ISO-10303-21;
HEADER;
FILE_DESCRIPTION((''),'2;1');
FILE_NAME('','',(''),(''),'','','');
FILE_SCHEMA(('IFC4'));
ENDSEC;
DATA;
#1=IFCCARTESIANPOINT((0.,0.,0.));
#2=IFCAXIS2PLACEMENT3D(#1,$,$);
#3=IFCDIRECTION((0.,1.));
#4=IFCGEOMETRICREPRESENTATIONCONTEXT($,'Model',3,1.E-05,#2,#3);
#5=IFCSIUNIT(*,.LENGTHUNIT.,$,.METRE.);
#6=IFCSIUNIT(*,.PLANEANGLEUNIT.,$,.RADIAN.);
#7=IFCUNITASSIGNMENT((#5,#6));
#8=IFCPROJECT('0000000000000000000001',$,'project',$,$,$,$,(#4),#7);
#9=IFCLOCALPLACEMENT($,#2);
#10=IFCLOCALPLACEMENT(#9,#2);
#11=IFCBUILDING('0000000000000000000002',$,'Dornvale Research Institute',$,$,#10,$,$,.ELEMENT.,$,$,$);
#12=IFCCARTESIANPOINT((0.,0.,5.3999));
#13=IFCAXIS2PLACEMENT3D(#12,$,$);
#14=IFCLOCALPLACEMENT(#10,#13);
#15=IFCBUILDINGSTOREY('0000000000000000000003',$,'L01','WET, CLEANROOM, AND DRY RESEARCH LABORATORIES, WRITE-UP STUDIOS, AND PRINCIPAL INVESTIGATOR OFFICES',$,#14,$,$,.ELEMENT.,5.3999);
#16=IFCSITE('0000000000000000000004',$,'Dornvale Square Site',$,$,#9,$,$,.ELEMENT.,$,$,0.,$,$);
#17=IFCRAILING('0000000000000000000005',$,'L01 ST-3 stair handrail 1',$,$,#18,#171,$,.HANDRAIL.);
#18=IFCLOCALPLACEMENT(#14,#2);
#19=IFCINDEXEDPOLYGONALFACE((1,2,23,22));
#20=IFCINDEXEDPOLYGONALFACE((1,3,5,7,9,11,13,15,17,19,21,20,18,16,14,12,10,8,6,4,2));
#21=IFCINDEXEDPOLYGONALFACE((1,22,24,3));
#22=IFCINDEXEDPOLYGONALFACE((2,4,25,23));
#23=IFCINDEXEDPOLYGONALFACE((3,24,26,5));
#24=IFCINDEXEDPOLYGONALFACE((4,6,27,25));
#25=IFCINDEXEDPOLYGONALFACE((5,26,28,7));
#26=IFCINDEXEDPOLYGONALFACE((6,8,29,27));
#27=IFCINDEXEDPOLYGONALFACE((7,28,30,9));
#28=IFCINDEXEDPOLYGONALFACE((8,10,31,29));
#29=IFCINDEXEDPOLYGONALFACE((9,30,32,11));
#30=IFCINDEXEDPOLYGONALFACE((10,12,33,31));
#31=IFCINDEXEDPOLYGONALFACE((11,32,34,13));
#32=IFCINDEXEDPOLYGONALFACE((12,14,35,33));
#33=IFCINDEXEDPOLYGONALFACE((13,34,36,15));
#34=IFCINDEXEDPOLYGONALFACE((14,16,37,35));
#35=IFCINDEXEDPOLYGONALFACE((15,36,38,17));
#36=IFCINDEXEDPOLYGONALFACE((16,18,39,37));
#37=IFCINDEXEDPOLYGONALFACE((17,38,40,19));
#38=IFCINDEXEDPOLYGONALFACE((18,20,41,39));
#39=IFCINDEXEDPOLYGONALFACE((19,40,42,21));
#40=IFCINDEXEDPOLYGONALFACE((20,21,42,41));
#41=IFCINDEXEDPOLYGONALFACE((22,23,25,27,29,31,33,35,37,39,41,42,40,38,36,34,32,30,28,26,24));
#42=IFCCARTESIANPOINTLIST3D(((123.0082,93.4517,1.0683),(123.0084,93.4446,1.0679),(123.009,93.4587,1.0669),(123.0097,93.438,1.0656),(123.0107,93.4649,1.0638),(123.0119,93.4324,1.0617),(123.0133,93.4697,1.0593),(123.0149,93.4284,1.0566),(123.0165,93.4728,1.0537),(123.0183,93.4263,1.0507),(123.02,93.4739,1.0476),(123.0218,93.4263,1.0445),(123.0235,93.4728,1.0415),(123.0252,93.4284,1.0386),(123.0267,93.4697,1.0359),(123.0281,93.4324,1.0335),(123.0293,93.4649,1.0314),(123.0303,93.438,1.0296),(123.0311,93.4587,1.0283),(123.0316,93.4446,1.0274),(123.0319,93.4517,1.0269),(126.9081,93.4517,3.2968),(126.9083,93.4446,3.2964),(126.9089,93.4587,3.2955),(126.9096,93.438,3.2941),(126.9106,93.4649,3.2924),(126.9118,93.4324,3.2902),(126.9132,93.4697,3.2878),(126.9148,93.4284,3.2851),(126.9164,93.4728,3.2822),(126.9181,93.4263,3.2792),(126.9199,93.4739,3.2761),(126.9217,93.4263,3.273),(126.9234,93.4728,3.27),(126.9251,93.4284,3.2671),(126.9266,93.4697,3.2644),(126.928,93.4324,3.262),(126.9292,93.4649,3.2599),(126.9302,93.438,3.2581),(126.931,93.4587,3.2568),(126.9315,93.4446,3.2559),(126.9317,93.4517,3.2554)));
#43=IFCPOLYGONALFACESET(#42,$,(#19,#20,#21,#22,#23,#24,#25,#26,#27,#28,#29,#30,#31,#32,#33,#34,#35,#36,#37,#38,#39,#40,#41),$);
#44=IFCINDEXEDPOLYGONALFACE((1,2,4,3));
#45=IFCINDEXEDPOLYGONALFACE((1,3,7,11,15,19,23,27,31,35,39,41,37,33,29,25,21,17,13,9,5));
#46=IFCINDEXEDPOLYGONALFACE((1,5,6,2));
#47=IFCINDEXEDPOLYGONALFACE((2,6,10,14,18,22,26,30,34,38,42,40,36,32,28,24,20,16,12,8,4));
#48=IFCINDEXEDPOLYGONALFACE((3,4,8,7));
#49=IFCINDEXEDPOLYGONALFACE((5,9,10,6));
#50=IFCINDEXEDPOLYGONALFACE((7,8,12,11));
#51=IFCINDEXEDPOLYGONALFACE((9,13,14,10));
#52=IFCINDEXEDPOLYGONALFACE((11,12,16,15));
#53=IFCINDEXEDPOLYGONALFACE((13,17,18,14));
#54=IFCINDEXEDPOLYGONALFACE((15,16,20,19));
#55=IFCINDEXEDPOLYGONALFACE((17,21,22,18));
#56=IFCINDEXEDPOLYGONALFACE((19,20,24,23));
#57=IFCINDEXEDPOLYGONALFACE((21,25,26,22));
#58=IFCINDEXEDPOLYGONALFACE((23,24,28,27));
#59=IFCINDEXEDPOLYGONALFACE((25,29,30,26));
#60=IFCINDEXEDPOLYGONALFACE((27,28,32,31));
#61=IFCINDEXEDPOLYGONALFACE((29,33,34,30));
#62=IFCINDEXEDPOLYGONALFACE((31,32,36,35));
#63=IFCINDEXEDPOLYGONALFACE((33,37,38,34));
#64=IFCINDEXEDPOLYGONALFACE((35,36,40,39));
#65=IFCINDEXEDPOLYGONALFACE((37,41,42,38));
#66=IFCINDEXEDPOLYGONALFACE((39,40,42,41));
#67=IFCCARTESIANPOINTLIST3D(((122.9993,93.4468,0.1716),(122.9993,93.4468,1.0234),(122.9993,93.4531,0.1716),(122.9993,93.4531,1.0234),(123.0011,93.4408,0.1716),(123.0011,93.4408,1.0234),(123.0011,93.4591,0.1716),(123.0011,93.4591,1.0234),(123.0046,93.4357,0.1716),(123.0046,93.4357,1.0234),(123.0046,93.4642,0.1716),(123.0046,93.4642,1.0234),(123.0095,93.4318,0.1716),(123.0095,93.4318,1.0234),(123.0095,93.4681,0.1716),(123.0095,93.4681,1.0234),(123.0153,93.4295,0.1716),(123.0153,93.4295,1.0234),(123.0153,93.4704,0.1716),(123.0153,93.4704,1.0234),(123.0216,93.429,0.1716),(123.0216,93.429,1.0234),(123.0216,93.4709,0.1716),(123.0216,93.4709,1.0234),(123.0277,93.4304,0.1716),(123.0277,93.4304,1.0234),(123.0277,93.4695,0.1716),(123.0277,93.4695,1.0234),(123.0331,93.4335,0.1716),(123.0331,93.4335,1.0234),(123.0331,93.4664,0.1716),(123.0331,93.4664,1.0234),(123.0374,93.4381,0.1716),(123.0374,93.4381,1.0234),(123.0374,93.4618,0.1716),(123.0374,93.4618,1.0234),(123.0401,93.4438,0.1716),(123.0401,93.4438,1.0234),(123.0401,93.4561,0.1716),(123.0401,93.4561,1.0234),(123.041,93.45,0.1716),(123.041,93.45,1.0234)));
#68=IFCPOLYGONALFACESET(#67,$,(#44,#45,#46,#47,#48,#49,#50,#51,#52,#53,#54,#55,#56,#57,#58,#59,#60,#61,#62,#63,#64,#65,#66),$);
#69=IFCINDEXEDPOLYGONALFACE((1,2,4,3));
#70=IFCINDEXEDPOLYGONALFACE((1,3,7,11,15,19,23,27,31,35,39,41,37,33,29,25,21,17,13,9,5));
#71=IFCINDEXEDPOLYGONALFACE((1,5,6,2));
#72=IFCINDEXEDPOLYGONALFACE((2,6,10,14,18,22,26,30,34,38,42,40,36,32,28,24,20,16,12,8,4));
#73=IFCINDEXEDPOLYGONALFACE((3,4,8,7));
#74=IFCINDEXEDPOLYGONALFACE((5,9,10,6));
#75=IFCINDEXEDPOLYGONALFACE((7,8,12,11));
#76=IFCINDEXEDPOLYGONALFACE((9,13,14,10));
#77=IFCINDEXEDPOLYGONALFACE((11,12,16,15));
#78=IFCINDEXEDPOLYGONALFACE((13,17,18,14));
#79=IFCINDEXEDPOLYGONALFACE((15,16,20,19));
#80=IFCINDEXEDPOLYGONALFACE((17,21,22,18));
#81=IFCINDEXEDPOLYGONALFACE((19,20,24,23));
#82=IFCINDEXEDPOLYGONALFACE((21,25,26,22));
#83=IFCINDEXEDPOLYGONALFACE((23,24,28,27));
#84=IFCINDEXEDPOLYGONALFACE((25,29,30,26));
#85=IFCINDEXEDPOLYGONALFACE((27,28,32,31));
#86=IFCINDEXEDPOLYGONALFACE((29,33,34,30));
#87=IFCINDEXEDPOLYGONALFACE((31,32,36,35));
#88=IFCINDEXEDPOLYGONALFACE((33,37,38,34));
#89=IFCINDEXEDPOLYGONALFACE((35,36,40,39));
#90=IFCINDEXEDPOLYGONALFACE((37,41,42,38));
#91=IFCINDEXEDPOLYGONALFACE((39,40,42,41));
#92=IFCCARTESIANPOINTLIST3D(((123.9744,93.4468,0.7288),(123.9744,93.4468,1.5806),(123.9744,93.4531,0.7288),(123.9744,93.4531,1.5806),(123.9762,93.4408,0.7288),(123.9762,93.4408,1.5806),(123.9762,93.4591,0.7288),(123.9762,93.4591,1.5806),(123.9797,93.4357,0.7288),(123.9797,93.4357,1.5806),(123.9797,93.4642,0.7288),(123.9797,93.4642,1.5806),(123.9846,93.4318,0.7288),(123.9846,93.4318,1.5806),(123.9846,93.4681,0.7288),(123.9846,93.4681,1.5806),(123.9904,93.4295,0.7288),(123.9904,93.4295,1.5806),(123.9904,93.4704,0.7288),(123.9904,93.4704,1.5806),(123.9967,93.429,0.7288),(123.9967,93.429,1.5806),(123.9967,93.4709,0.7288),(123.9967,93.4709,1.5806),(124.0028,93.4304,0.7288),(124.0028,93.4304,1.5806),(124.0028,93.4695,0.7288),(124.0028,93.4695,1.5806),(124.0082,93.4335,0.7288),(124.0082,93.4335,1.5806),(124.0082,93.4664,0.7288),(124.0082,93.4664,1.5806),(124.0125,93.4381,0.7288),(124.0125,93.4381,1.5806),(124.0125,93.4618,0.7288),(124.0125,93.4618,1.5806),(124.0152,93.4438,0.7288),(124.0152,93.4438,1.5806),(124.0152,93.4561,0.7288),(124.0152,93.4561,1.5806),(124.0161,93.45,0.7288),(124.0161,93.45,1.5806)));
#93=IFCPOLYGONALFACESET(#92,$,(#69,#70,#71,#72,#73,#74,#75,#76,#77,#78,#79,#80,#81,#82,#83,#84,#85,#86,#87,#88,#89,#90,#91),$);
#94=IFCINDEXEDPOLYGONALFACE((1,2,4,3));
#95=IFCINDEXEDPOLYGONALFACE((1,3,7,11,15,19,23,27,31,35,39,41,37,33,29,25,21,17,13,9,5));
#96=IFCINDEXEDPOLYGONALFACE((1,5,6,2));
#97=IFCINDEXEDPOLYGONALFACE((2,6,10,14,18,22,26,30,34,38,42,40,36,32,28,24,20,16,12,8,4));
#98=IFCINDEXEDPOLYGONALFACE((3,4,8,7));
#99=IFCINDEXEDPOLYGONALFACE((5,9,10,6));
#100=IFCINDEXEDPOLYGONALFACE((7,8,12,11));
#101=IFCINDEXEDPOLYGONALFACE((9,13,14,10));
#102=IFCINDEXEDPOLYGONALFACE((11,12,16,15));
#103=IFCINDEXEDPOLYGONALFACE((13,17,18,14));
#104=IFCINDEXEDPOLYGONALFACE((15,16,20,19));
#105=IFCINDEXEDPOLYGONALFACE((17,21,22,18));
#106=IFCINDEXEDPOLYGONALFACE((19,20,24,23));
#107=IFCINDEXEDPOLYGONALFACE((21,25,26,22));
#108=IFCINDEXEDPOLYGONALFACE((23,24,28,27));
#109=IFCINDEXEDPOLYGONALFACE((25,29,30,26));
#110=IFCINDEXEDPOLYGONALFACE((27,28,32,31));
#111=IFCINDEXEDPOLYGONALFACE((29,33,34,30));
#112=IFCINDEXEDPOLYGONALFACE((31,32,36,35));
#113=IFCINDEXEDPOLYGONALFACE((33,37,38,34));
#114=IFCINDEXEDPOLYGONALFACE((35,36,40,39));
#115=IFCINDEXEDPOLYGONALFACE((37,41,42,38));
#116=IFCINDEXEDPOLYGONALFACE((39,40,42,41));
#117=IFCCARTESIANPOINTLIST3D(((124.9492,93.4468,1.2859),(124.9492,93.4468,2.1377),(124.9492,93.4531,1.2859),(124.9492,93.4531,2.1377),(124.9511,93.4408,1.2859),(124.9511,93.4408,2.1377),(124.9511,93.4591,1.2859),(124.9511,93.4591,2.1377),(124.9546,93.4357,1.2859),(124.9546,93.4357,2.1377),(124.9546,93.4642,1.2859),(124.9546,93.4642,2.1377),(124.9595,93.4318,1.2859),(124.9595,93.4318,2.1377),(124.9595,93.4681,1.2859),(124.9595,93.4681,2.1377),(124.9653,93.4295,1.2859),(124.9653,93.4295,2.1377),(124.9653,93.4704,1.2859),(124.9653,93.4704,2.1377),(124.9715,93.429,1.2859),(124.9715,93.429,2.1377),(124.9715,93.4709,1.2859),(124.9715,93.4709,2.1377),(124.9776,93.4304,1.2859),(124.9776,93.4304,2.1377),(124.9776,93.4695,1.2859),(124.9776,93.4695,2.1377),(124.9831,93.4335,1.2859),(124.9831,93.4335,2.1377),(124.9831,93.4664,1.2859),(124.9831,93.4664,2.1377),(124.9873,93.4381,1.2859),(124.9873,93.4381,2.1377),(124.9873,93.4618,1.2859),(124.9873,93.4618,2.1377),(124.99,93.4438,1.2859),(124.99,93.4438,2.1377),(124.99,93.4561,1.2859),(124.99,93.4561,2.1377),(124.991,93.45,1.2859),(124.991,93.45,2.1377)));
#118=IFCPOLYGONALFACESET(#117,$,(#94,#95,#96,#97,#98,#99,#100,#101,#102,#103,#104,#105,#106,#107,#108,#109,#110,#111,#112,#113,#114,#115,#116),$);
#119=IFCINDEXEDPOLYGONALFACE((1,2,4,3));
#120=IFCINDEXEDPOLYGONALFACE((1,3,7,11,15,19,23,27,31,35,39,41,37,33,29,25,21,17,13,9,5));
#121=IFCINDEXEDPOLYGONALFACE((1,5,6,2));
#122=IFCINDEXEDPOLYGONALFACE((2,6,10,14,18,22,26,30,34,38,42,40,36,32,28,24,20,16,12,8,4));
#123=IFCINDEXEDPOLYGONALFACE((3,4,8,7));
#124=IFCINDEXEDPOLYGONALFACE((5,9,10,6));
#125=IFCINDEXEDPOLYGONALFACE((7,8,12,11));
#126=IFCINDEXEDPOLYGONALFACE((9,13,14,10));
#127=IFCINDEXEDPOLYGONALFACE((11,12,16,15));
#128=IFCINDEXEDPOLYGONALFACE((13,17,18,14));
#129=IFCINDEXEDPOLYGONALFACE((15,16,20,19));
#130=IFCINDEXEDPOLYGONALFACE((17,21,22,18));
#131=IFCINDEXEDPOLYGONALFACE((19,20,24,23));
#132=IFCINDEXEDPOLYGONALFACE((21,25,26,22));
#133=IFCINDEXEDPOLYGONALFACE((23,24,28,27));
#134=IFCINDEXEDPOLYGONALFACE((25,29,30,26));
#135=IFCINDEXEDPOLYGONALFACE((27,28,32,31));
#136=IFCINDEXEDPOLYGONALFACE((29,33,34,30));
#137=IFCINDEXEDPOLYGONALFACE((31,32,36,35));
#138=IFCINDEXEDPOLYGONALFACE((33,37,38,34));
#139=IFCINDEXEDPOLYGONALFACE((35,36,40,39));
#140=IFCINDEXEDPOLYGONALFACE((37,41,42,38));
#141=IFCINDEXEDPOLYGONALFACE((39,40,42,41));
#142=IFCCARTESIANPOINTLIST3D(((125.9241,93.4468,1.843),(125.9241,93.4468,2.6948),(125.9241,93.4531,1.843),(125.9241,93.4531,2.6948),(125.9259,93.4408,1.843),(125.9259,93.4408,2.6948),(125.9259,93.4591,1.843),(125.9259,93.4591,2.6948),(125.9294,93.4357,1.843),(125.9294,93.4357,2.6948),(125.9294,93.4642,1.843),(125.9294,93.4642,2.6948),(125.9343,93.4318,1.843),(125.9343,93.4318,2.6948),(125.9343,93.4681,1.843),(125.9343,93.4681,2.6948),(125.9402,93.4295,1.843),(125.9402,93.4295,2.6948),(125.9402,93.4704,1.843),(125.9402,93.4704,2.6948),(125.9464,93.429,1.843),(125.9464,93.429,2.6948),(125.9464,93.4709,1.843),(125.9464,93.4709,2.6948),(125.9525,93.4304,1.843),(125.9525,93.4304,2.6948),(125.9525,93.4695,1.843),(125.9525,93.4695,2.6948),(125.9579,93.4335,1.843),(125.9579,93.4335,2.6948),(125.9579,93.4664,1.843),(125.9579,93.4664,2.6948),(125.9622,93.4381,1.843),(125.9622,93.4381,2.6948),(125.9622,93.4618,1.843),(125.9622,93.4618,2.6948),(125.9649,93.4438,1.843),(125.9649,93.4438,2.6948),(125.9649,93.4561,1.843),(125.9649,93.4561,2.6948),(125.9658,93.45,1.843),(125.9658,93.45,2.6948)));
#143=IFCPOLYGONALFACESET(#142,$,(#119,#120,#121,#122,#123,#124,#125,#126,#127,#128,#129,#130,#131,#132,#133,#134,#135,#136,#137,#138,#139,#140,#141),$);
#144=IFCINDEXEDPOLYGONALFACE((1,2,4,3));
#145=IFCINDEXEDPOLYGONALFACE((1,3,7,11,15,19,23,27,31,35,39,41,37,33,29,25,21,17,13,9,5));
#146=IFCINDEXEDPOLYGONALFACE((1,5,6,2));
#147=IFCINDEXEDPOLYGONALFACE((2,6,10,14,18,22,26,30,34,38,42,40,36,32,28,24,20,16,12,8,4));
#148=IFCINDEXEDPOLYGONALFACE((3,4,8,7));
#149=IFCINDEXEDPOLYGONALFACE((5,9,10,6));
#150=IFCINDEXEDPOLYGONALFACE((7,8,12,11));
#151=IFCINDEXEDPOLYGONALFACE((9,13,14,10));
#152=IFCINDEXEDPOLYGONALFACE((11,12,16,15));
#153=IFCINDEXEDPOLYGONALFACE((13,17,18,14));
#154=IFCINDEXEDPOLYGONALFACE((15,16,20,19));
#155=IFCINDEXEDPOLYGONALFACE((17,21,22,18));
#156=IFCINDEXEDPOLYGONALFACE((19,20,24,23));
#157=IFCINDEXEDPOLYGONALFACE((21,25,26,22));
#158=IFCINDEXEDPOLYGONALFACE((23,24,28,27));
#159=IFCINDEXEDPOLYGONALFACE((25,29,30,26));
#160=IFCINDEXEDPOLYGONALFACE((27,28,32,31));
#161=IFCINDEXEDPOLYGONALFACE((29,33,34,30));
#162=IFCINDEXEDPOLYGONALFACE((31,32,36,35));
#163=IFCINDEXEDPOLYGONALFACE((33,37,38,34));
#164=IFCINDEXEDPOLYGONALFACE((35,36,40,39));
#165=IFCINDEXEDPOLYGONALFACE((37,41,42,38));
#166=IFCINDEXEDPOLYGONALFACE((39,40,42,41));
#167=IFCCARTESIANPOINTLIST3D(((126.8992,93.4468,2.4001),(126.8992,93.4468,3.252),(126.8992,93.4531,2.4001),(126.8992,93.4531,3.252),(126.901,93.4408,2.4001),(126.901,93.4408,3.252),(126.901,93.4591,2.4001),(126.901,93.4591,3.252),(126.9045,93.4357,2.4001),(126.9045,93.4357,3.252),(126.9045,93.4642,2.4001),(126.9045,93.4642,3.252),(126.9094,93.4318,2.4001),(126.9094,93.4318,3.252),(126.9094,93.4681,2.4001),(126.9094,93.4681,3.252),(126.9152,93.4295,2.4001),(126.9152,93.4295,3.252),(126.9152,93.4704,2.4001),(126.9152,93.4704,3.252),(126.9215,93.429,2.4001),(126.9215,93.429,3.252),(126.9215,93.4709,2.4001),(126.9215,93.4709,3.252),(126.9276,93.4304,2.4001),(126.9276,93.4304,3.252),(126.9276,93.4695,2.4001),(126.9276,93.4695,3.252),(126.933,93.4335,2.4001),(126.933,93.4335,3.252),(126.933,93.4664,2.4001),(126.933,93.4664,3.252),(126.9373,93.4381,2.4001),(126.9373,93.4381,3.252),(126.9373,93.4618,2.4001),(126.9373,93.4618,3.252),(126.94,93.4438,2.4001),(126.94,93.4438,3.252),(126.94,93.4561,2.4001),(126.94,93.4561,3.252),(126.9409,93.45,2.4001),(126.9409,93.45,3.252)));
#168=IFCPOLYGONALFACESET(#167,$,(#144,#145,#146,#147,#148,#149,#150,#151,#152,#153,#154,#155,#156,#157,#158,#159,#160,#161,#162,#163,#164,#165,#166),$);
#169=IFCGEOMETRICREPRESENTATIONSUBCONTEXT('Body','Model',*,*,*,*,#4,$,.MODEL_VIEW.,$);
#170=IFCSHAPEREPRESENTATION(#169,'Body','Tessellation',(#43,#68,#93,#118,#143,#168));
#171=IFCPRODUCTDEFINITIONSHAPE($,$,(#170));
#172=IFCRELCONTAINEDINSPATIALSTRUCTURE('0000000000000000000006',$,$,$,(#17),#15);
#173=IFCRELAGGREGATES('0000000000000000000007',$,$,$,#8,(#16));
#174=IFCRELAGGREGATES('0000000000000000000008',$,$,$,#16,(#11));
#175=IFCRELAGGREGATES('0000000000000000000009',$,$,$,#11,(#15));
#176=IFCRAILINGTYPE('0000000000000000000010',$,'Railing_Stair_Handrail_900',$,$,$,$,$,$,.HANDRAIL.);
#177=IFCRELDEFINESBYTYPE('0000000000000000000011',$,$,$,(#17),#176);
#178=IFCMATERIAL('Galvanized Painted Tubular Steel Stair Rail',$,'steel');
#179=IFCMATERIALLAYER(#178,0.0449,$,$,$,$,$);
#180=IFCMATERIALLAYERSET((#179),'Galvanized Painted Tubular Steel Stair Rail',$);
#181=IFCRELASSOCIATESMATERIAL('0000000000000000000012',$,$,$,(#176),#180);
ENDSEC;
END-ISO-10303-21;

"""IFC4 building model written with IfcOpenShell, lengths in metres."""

from ifc_helpers import new_model, si_unit, direction, frame, origin, origin_2d, place, context, subcontext, project, spatial, circle, extrude, material, layer, layer_set, type_object, element, save


model = new_model("IFC4")

# Units and contexts
model_context = context("Model", 3, precision=1e-05, world=origin(), true_north=direction((0.0, 1.0)))
body_context = subcontext(model_context, "Body", "Model", "MODEL_VIEW")
ifc_project = project(units=[si_unit("LENGTHUNIT", "METRE"), si_unit("PLANEANGLEUNIT", "RADIAN")], contexts=[model_context])

# Site, building, storey
site_placement = place(None, origin())
site = spatial("IfcSite", under=ifc_project, at=site_placement, Name="Dornvale Square Site", CompositionType="ELEMENT", RefElevation=0.0)
building_placement = place(site_placement, origin())
building = spatial("IfcBuilding", under=site, at=building_placement, Name="Dornvale Research Institute", CompositionType="ELEMENT")
storey_placement = place(building_placement, frame((0.0, 0.0, 5.3999)))
storey = spatial("IfcBuildingStorey", under=building, at=storey_placement, Name="L01", Description="WET, CLEANROOM, AND DRY RESEARCH LABORATORIES, WRITE-UP STUDIOS, AND PRINCIPAL INVESTIGATOR OFFICES", CompositionType="ELEMENT", Elevation=5.3999)

# Railing
ifc_material_1 = material(Name="Galvanized Painted Tubular Steel Stair Rail", Category="steel")
ifc_layer_1 = layer(ifc_material_1, 0.0449)
ifc_layer_set_1 = layer_set([ifc_layer_1], Name="Galvanized Painted Tubular Steel Stair Rail")
railing_type_1 = type_object("IfcRailingType", Name="Railing_Stair_Handrail_900", PredefinedType="HANDRAIL", material=ifc_layer_set_1)
railing_1_placement = place(storey_placement, frame((123.02, 93.45, 0.1716)))
element("IfcRailing", 1, at=railing_1_placement, inside=storey, type_object=railing_type_1, Name="L01 ST-3 stair handrail 1", PredefinedType="HANDRAIL", context=body_context, shape_type="SweptSolid", body=[
    extrude(circle(Radius=0.0239, at=origin_2d()), frame((0.0, 0.0, 0.876), z_axis=(0.868243, 0.0, 0.496139), x_axis=(0.0, 1.0, 0.0)), (0.0, 0.0, 1.0), 4.4917),
    extrude(circle(Radius=0.021, at=origin_2d()), origin(), (0.0, 0.0, 1.0), 0.8518),
    extrude(circle(Radius=0.021, at=origin_2d()), frame((0.9751, 0.0, 0.5571)), (0.0, 0.0, 1.0), 0.8518),
    extrude(circle(Radius=0.021, at=origin_2d()), frame((1.95, 0.0, 1.1143)), (0.0, 0.0, 1.0), 0.8518),
    extrude(circle(Radius=0.021, at=origin_2d()), frame((2.9248, 0.0, 1.6714)), (0.0, 0.0, 1.0), 0.8518),
    extrude(circle(Radius=0.021, at=origin_2d()), frame((3.8999, 0.0, 2.2285)), (0.0, 0.0, 1.0), 0.8518),
])

save(model, "model.ifc")
